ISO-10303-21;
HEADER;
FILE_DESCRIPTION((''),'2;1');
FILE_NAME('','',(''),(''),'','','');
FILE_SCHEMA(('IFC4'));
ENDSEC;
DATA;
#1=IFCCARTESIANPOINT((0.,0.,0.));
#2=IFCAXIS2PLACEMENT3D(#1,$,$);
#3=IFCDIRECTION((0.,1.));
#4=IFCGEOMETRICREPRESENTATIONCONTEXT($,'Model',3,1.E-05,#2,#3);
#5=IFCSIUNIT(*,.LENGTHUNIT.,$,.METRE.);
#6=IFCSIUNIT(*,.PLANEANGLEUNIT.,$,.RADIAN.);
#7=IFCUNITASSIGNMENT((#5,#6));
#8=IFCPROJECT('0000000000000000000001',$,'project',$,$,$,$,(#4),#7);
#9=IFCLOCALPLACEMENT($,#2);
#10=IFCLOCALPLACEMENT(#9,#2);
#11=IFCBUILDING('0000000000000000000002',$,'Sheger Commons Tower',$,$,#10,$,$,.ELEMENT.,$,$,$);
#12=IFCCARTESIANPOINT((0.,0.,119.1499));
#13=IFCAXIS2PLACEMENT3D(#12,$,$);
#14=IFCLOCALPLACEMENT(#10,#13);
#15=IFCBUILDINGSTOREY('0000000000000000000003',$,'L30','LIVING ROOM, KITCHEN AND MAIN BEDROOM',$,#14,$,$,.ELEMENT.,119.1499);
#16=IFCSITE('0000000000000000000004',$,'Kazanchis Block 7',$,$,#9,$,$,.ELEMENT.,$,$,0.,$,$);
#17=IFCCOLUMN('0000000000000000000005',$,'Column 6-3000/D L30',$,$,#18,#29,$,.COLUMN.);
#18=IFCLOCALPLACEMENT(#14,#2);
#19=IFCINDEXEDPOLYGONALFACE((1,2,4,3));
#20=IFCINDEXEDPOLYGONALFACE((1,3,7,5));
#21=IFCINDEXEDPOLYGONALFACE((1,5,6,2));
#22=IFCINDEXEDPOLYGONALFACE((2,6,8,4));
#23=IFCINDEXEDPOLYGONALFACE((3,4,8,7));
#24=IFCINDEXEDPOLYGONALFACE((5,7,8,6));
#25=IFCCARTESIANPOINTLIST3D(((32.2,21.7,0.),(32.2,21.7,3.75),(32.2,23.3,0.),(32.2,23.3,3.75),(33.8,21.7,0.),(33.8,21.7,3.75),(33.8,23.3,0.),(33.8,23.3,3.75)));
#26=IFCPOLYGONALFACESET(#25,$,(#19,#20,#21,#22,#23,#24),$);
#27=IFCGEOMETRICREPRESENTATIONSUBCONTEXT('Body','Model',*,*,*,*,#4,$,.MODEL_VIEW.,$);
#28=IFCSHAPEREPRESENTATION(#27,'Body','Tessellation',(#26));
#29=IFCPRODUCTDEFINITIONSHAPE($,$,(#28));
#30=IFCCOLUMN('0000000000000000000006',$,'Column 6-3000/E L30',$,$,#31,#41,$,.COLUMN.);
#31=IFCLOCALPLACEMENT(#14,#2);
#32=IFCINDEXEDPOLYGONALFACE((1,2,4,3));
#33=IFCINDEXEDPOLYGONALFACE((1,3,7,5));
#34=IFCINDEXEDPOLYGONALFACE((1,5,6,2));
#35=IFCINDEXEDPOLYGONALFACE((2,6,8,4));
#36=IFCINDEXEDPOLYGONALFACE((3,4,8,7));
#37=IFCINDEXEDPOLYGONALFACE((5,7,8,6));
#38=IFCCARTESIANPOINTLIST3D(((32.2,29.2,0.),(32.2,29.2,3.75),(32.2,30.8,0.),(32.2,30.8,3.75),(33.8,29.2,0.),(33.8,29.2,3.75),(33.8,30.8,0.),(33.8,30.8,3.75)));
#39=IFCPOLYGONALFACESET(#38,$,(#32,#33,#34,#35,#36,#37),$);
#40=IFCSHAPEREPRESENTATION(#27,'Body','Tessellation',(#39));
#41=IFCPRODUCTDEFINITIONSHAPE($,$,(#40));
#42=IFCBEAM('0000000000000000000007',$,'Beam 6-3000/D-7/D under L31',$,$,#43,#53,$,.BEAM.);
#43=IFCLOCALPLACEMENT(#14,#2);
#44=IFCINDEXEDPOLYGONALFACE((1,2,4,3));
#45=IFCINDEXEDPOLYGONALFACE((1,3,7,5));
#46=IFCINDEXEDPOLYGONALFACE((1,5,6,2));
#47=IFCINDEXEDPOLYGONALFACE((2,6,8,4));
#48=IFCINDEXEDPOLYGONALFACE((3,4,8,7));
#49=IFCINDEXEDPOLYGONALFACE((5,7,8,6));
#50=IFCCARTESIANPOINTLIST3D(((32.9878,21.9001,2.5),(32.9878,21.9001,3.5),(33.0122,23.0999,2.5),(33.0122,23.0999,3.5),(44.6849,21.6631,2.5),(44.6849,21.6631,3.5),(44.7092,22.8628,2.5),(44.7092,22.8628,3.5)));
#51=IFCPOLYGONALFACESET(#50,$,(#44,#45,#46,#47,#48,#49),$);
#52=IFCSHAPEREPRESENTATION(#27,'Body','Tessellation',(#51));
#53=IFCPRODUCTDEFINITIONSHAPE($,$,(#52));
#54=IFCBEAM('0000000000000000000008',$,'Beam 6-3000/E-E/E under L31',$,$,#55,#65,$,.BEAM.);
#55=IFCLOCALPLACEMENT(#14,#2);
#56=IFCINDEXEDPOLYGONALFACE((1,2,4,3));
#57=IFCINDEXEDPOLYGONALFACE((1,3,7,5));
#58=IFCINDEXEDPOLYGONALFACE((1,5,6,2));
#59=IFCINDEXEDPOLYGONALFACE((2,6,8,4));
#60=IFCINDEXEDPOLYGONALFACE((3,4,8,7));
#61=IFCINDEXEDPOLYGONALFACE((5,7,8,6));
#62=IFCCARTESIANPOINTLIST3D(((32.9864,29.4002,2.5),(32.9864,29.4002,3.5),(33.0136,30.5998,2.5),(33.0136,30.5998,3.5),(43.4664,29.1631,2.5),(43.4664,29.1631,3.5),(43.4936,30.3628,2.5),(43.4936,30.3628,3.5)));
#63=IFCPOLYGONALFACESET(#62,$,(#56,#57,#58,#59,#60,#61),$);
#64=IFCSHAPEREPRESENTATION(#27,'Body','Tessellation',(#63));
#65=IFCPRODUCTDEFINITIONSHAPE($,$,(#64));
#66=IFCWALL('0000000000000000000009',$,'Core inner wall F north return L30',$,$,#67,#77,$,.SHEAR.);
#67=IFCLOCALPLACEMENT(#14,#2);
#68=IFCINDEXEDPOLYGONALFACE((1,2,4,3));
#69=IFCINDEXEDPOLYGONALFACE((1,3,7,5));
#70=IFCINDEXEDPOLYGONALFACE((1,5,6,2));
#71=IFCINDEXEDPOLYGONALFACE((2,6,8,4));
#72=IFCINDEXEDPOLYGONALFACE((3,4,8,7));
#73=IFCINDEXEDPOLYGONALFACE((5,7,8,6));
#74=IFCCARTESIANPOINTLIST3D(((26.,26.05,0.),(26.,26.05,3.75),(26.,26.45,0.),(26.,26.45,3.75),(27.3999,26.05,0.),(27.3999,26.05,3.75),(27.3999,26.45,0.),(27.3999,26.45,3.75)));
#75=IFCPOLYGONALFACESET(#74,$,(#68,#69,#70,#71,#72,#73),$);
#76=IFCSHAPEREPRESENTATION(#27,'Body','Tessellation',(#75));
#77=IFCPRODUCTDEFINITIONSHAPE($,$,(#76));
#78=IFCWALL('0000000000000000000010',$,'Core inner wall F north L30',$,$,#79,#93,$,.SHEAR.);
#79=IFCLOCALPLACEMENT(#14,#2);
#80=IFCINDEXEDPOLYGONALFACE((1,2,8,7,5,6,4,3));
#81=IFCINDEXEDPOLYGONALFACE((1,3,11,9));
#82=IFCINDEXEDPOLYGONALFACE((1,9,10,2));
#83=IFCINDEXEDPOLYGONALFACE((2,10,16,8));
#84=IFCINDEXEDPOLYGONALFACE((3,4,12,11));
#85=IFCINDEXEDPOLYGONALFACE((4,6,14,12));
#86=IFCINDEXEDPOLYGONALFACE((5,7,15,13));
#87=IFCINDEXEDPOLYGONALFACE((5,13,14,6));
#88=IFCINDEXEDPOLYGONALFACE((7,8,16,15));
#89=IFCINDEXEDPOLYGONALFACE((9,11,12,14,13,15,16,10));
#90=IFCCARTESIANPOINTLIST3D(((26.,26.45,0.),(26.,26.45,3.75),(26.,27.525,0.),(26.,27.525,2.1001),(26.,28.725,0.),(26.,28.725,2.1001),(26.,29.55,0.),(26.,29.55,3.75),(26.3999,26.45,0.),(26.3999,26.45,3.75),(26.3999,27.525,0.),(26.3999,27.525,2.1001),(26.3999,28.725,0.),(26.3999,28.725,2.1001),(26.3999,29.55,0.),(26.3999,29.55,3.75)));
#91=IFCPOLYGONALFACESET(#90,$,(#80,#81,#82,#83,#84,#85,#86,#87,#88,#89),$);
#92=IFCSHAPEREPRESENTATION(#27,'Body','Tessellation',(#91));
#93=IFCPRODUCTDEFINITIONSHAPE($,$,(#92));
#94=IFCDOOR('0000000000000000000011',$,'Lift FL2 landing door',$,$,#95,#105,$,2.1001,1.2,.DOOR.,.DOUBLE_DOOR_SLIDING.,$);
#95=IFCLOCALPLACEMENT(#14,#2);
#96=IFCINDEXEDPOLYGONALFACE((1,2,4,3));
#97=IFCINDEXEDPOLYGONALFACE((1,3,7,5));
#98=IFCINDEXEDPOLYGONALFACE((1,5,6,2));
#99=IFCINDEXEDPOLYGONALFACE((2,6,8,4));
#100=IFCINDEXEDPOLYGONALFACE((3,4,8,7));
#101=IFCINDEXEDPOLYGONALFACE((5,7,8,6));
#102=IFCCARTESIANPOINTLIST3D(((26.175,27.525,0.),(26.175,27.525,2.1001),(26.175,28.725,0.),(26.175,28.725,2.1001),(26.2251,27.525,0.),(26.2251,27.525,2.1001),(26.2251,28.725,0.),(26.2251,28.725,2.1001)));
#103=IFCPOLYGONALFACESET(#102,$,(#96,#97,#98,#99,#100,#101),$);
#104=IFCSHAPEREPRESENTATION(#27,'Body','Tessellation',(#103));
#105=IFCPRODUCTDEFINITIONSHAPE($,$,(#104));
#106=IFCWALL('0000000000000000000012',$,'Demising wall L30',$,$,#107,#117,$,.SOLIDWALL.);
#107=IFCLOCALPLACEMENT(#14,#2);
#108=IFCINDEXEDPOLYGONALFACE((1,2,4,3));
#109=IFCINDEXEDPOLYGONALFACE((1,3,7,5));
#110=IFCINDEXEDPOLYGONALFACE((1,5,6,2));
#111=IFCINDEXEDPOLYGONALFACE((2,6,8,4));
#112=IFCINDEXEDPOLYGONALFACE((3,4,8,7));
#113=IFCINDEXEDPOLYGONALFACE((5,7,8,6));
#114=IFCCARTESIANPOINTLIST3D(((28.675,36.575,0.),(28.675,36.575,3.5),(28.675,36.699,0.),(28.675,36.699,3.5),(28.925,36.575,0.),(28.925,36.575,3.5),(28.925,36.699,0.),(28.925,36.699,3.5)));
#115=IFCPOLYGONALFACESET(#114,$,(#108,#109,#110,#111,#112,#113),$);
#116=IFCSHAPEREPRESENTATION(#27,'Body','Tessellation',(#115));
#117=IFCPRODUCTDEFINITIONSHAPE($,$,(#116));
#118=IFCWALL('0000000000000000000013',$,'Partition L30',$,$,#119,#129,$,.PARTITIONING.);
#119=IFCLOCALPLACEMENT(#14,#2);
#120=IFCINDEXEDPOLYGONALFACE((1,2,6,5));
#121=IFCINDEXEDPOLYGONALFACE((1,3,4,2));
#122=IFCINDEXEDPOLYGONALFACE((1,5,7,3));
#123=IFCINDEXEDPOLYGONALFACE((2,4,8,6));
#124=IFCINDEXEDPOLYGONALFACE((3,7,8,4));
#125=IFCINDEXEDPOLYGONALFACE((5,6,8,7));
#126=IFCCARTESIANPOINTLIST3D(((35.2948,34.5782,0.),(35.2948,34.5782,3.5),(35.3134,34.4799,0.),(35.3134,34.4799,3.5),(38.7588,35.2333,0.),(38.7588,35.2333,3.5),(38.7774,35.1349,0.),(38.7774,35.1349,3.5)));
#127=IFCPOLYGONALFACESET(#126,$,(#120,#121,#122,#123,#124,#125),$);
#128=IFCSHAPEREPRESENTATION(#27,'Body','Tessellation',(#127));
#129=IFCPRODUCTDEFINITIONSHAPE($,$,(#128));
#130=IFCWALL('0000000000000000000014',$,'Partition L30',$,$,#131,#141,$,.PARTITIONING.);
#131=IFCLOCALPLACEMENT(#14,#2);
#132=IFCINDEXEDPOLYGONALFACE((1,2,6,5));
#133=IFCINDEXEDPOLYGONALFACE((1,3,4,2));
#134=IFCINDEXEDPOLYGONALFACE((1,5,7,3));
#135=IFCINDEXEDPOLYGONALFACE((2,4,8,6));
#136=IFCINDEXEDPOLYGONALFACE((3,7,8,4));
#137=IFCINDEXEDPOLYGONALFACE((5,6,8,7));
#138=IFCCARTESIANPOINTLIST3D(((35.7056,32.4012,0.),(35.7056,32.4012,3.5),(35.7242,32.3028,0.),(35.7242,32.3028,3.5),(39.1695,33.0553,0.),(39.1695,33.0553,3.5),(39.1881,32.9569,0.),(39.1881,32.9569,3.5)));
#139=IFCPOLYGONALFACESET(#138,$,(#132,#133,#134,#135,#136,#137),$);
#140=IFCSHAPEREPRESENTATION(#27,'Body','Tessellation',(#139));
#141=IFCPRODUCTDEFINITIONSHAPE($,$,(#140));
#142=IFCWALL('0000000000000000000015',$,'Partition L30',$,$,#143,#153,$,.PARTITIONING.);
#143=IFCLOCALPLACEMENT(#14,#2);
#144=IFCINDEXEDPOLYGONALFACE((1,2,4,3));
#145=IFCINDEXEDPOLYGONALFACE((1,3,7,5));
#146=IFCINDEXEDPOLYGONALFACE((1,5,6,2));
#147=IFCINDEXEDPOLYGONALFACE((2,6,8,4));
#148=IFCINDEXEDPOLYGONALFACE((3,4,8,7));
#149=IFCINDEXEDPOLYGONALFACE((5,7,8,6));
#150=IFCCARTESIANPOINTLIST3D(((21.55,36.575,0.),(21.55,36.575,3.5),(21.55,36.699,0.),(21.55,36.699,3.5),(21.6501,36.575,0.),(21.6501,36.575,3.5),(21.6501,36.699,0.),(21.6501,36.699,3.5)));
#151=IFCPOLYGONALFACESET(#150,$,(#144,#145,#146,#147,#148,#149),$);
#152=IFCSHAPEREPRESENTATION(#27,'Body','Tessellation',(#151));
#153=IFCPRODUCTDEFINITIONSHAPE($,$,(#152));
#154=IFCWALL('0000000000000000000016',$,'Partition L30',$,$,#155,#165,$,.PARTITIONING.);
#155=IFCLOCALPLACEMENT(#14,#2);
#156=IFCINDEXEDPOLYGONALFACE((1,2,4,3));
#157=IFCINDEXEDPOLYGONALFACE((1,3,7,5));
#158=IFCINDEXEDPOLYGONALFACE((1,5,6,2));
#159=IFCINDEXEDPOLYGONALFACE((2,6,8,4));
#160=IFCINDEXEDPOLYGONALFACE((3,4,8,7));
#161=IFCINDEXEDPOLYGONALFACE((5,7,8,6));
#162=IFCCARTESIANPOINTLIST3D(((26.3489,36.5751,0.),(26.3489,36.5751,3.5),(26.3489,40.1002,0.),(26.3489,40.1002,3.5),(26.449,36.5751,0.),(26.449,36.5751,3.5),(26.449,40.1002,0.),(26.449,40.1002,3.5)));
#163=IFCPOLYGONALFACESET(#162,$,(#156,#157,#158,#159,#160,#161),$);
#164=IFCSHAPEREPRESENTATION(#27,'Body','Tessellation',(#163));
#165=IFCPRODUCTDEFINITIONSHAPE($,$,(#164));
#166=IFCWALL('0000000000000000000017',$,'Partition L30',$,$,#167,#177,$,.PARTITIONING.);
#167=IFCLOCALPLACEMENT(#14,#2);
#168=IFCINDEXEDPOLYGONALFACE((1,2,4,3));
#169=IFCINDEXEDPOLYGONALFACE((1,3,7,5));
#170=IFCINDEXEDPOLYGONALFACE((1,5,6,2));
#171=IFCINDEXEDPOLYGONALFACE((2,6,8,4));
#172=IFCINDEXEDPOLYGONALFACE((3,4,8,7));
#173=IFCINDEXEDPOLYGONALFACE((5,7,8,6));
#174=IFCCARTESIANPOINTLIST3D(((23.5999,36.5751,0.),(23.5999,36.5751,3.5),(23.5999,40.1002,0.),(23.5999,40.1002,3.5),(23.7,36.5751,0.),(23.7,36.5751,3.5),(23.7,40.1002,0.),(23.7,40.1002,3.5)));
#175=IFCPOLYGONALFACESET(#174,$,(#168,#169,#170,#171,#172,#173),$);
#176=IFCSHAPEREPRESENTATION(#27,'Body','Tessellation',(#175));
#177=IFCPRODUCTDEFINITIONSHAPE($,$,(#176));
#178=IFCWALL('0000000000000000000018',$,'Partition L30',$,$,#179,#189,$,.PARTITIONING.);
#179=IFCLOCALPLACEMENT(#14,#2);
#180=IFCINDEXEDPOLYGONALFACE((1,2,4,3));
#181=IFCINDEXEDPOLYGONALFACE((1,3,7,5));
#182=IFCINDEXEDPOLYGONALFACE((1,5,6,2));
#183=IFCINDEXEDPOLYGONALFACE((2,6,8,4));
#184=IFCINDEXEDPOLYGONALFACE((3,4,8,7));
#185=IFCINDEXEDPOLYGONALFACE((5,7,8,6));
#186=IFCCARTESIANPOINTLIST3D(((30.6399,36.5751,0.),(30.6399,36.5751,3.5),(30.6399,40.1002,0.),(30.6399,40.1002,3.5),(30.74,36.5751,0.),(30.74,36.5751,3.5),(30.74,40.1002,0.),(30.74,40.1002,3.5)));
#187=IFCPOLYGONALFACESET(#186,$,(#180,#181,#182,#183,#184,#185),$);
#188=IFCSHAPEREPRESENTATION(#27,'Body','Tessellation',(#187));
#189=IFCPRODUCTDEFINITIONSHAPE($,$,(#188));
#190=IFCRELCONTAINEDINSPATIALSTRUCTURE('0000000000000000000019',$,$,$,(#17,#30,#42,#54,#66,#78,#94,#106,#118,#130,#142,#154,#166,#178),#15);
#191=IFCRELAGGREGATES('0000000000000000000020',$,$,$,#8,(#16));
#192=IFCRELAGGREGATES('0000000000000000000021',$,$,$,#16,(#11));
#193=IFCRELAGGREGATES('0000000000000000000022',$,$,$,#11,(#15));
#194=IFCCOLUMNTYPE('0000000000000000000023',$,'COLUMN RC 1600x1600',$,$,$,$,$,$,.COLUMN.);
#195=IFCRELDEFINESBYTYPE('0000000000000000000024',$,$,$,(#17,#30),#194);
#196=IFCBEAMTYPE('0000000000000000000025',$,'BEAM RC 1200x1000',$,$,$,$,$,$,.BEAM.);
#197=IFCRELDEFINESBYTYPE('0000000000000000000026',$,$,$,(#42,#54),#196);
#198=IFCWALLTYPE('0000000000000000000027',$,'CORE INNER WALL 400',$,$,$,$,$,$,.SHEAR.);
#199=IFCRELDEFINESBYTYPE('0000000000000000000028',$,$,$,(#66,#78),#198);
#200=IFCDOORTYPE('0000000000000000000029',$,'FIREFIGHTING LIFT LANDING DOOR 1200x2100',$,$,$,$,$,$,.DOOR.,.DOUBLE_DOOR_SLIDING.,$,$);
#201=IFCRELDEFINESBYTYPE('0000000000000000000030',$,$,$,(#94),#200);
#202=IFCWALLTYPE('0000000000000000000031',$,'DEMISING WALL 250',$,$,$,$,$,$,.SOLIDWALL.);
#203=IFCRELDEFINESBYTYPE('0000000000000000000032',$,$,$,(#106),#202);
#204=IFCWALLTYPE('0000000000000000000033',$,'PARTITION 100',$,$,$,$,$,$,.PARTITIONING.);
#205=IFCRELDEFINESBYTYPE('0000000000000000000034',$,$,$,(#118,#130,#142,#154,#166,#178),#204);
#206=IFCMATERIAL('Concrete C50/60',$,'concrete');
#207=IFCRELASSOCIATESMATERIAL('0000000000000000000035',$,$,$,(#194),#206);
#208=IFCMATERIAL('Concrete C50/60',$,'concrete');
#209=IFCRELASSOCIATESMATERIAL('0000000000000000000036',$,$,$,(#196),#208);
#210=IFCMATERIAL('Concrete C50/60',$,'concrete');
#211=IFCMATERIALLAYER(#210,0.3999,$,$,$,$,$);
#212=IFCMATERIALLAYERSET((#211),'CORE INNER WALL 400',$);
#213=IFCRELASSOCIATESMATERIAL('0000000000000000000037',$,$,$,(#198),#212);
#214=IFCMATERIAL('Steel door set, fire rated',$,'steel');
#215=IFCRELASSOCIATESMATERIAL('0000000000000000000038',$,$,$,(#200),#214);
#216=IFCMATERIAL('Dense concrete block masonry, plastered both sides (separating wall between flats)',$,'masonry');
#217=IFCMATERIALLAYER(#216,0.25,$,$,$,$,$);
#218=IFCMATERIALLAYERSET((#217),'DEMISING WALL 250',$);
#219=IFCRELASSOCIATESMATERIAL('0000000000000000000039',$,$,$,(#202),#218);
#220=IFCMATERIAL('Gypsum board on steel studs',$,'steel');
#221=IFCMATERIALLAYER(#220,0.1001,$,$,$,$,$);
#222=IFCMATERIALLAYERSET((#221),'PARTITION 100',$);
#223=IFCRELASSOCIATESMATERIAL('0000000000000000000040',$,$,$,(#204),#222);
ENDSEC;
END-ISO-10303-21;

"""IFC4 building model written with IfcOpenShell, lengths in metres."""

from ifc_helpers import new_model, si_unit, direction, frame, frame_2d, origin, origin_2d, place, context, subcontext, project, spatial, rectangle, extrude, material, layer, layer_set, material_profile, profile_set, type_object, element, fill, save


model = new_model("IFC4")

# Units and contexts
model_context = context("Model", 3, precision=1e-05, world=origin(), true_north=direction((0.0, 1.0)))
body_context = subcontext(model_context, "Body", "Model", "MODEL_VIEW")
ifc_project = project(units=[si_unit("LENGTHUNIT", "METRE"), si_unit("PLANEANGLEUNIT", "RADIAN")], contexts=[model_context])

# Site, building, storey
site_placement = place(None, origin())
site = spatial("IfcSite", under=ifc_project, at=site_placement, Name="Kazanchis Block 7", CompositionType="ELEMENT", RefElevation=0.0)
building_placement = place(site_placement, origin())
building = spatial("IfcBuilding", under=site, at=building_placement, Name="Sheger Commons Tower", CompositionType="ELEMENT")
storey_placement = place(building_placement, frame((0.0, 0.0, 119.1499)))
storey = spatial("IfcBuildingStorey", under=building, at=storey_placement, Name="L30", Description="LIVING ROOM, KITCHEN AND MAIN BEDROOM", CompositionType="ELEMENT", Elevation=119.1499)

# Columns
ifc_material_1 = material(Name="Concrete C50/60", Category="concrete")
ifc_material_profile_1 = material_profile(ifc_material_1, rectangle(XDim=1.6001, YDim=1.6001, at=origin_2d()), Name="RC 1600x1600")
ifc_profile_set_1 = profile_set([ifc_material_profile_1], Name="Concrete C50/60")
column_type = type_object("IfcColumnType", Name="COLUMN RC 1600x1600", PredefinedType="COLUMN", material=ifc_profile_set_1)
for number, where, z_axis, x_axis, name in (
    (1, (33.0, 22.5, 0.0), (0.0, 0.0, 1.0), (1.0, 0.0, 0.0), "Column 6-3000/D L30"),
    (2, (33.0, 30.0, 0.0), (0.0, 0.0, 1.0), (1.0, 0.0, 0.0), "Column 6-3000/E L30"),
):
    element("IfcColumn", number, at=place(storey_placement, frame(where, z_axis=z_axis, x_axis=x_axis)), inside=storey, type_object=column_type, Name=name, PredefinedType="COLUMN", context=body_context, shape_type="SweptSolid", body=[
        extrude(rectangle(XDim=1.6001, YDim=1.6001, at=origin_2d()), origin(), (0.0, 0.0, 1.0), 3.75),
    ])

# Beams
ifc_material_2 = material(Name="Concrete C50/60", Category="concrete")
ifc_material_profile_2 = material_profile(ifc_material_2, rectangle(XDim=1.2, YDim=1.0, at=origin_2d()), Name="RC 1200x1000")
ifc_profile_set_2 = profile_set([ifc_material_profile_2], Name="Concrete C50/60")
beam_type = type_object("IfcBeamType", Name="BEAM RC 1200x1000", PredefinedType="BEAM", material=ifc_profile_set_2)
beam_1_placement = place(storey_placement, frame((33.0, 22.5, 3.0), z_axis=(0.999795, -0.020263, 0.0), x_axis=(0.020263, 0.999795, 0.0)))
element("IfcBeam", 3, at=beam_1_placement, inside=storey, type_object=beam_type, Name="Beam 6-3000/D-7/D under L31", PredefinedType="BEAM", context=body_context, shape_type="SweptSolid", body=[
    extrude(rectangle(XDim=1.2, YDim=1.0, at=origin_2d()), origin(), (0.0, 0.0, 1.0), 11.6995),
])
beam_2_placement = place(storey_placement, frame((33.0, 30.0, 3.0), z_axis=(0.999744, -0.022615, 0.0), x_axis=(0.022615, 0.999744, 0.0)))
element("IfcBeam", 4, at=beam_2_placement, inside=storey, type_object=beam_type, Name="Beam 6-3000/E-E/E under L31", PredefinedType="BEAM", context=body_context, shape_type="SweptSolid", body=[
    extrude(rectangle(XDim=1.2, YDim=1.0, at=origin_2d()), origin(), (0.0, 0.0, 1.0), 10.4827),
])

# Wall
ifc_material_3 = material(Name="Concrete C50/60", Category="concrete")
ifc_layer_1 = layer(ifc_material_3, 0.3999)
ifc_layer_set_1 = layer_set([ifc_layer_1], Name="CORE INNER WALL 400")
wall_type_1 = type_object("IfcWallType", Name="CORE INNER WALL 400", PredefinedType="SHEAR", material=ifc_layer_set_1)
wall_1_placement = place(storey_placement, frame((26.0, 26.25, 0.0), z_axis=(0.0, 0.0, 1.0), x_axis=(1.0, 0.0, 0.0)))
element("IfcWall", 5, at=wall_1_placement, inside=storey, type_object=wall_type_1, Name="Core inner wall F north return L30", PredefinedType="SHEAR", context=body_context, shape_type="SweptSolid", body=[
    extrude(rectangle(XDim=1.3999, YDim=0.3999, at=frame_2d((0.7, 0.0))), origin(), (0.0, 0.0, 1.0), 3.75),
])

# Wall, opening, door
wall_2_placement = place(storey_placement, frame((26.2, 26.45, 0.0), z_axis=(0.0, 0.0, 1.0), x_axis=(0.0, 1.0, 0.0)))
wall_2 = element("IfcWall", 6, at=wall_2_placement, inside=storey, type_object=wall_type_1, Name="Core inner wall F north L30", PredefinedType="SHEAR", context=body_context, shape_type="SweptSolid", body=[
    extrude(rectangle(XDim=3.1001, YDim=0.3999, at=frame_2d((1.55, 0.0))), origin(), (0.0, 0.0, 1.0), 3.75),
])
opening_1_placement = place(wall_2_placement, frame((1.075, 0.0, 0.0)))
opening_1 = element("IfcOpeningElement", 7, at=opening_1_placement, cuts=wall_2, PredefinedType="OPENING", context=body_context, shape_type="SweptSolid", body=[
    extrude(rectangle(XDim=1.2, YDim=2.1001, at=frame_2d((0.6001, 1.05))), frame((0.0, 0.21, 0.0), z_axis=(0.0, -1.0, 0.0), x_axis=(1.0, 0.0, 0.0)), (0.0, 0.0, 1.0), 0.4199),
])
ifc_material_4 = material(Name="Steel door set, fire rated", Category="steel")
door_type_1 = type_object("IfcDoorType", Name="FIREFIGHTING LIFT LANDING DOOR 1200x2100", OperationType="DOUBLE_DOOR_SLIDING", PredefinedType="DOOR", material=ifc_material_4)
door_1_placement = place(opening_1_placement, origin())
door_1 = element("IfcDoor", 8, at=door_1_placement, inside=storey, type_object=door_type_1, Name="Lift FL2 landing door", OperationType="DOUBLE_DOOR_SLIDING", OverallHeight=2.1001, OverallWidth=1.2, PredefinedType="DOOR", context=body_context, shape_type="SweptSolid", body=[
    extrude(rectangle(XDim=1.2, YDim=2.1001, at=frame_2d((0.6001, 1.05))), frame((0.0, 0.0249, 0.0), z_axis=(0.0, -1.0, 0.0), x_axis=(1.0, 0.0, 0.0)), (0.0, 0.0, 1.0), 0.05),
])
fill(opening_1, door_1)

# Walls
ifc_material_5 = material(Name="Dense concrete block masonry, plastered both sides (separating wall between flats)", Category="masonry")
ifc_layer_2 = layer(ifc_material_5, 0.25)
ifc_layer_set_2 = layer_set([ifc_layer_2], Name="DEMISING WALL 250")
wall_type_2 = type_object("IfcWallType", Name="DEMISING WALL 250", PredefinedType="SOLIDWALL", material=ifc_layer_set_2)
wall_3_placement = place(storey_placement, frame((28.8, 36.575, 0.0), z_axis=(0.0, 0.0, 1.0), x_axis=(0.0, 1.0, 0.0)))
element("IfcWall", 9, at=wall_3_placement, inside=storey, type_object=wall_type_2, Name="Demising wall L30", PredefinedType="SOLIDWALL", context=body_context, shape_type="SweptSolid", body=[
    extrude(rectangle(XDim=0.124, YDim=0.25, at=frame_2d((0.062, 0.0))), origin(), (0.0, 0.0, 1.0), 3.5),
])
ifc_material_6 = material(Name="Gypsum board on steel studs", Category="steel")
ifc_layer_3 = layer(ifc_material_6, 0.1001)
ifc_layer_set_3 = layer_set([ifc_layer_3], Name="PARTITION 100")
wall_type_3 = type_object("IfcWallType", Name="PARTITION 100", PredefinedType="PARTITIONING", material=ifc_layer_set_3)
wall_4_placement = place(storey_placement, frame((38.7681, 35.1841, 0.0), z_axis=(0.0, 0.0, 1.0), x_axis=(-0.982588, -0.185798, 0.0)))
element("IfcWall", 10, at=wall_4_placement, inside=storey, type_object=wall_type_3, Name="Partition L30", PredefinedType="PARTITIONING", context=body_context, shape_type="SweptSolid", body=[
    extrude(rectangle(XDim=3.5254, YDim=0.1001, at=frame_2d((1.7627, 0.0))), origin(), (0.0, 0.0, 1.0), 3.5),
])
wall_5_placement = place(storey_placement, frame((39.179, 33.0061, 0.0), z_axis=(0.0, 0.0, 1.0), x_axis=(-0.982636, -0.185543, 0.0)))
element("IfcWall", 11, at=wall_5_placement, inside=storey, type_object=wall_type_3, Name="Partition L30", PredefinedType="PARTITIONING", context=body_context, shape_type="SweptSolid", body=[
    extrude(rectangle(XDim=3.5251, YDim=0.1001, at=frame_2d((1.7627, 0.0))), origin(), (0.0, 0.0, 1.0), 3.5),
])
wall_6_placement = place(storey_placement, frame((21.6001, 36.575, 0.0), z_axis=(0.0, 0.0, 1.0), x_axis=(0.0, 1.0, 0.0)))
element("IfcWall", 12, at=wall_6_placement, inside=storey, type_object=wall_type_3, Name="Partition L30", PredefinedType="PARTITIONING", context=body_context, shape_type="SweptSolid", body=[
    extrude(rectangle(XDim=0.124, YDim=0.1001, at=frame_2d((0.062, 0.0))), origin(), (0.0, 0.0, 1.0), 3.5),
])
for number, where, z_axis, x_axis, name in (
    (13, (26.3989, 36.575, 0.0), (0.0, 0.0, 1.0), (0.0, 1.0, 0.0), "Partition L30"),
    (14, (23.6499, 36.575, 0.0), (0.0, 0.0, 1.0), (0.0, 1.0, 0.0), "Partition L30"),
    (15, (30.6899, 36.575, 0.0), (0.0, 0.0, 1.0), (0.0, 1.0, 0.0), "Partition L30"),
):
    element("IfcWall", number, at=place(storey_placement, frame(where, z_axis=z_axis, x_axis=x_axis)), inside=storey, type_object=wall_type_3, Name=name, PredefinedType="PARTITIONING", context=body_context, shape_type="SweptSolid", body=[
        extrude(rectangle(XDim=3.5251, YDim=0.1001, at=frame_2d((1.7627, 0.0))), origin(), (0.0, 0.0, 1.0), 3.5),
    ])

save(model, "model.ifc")
